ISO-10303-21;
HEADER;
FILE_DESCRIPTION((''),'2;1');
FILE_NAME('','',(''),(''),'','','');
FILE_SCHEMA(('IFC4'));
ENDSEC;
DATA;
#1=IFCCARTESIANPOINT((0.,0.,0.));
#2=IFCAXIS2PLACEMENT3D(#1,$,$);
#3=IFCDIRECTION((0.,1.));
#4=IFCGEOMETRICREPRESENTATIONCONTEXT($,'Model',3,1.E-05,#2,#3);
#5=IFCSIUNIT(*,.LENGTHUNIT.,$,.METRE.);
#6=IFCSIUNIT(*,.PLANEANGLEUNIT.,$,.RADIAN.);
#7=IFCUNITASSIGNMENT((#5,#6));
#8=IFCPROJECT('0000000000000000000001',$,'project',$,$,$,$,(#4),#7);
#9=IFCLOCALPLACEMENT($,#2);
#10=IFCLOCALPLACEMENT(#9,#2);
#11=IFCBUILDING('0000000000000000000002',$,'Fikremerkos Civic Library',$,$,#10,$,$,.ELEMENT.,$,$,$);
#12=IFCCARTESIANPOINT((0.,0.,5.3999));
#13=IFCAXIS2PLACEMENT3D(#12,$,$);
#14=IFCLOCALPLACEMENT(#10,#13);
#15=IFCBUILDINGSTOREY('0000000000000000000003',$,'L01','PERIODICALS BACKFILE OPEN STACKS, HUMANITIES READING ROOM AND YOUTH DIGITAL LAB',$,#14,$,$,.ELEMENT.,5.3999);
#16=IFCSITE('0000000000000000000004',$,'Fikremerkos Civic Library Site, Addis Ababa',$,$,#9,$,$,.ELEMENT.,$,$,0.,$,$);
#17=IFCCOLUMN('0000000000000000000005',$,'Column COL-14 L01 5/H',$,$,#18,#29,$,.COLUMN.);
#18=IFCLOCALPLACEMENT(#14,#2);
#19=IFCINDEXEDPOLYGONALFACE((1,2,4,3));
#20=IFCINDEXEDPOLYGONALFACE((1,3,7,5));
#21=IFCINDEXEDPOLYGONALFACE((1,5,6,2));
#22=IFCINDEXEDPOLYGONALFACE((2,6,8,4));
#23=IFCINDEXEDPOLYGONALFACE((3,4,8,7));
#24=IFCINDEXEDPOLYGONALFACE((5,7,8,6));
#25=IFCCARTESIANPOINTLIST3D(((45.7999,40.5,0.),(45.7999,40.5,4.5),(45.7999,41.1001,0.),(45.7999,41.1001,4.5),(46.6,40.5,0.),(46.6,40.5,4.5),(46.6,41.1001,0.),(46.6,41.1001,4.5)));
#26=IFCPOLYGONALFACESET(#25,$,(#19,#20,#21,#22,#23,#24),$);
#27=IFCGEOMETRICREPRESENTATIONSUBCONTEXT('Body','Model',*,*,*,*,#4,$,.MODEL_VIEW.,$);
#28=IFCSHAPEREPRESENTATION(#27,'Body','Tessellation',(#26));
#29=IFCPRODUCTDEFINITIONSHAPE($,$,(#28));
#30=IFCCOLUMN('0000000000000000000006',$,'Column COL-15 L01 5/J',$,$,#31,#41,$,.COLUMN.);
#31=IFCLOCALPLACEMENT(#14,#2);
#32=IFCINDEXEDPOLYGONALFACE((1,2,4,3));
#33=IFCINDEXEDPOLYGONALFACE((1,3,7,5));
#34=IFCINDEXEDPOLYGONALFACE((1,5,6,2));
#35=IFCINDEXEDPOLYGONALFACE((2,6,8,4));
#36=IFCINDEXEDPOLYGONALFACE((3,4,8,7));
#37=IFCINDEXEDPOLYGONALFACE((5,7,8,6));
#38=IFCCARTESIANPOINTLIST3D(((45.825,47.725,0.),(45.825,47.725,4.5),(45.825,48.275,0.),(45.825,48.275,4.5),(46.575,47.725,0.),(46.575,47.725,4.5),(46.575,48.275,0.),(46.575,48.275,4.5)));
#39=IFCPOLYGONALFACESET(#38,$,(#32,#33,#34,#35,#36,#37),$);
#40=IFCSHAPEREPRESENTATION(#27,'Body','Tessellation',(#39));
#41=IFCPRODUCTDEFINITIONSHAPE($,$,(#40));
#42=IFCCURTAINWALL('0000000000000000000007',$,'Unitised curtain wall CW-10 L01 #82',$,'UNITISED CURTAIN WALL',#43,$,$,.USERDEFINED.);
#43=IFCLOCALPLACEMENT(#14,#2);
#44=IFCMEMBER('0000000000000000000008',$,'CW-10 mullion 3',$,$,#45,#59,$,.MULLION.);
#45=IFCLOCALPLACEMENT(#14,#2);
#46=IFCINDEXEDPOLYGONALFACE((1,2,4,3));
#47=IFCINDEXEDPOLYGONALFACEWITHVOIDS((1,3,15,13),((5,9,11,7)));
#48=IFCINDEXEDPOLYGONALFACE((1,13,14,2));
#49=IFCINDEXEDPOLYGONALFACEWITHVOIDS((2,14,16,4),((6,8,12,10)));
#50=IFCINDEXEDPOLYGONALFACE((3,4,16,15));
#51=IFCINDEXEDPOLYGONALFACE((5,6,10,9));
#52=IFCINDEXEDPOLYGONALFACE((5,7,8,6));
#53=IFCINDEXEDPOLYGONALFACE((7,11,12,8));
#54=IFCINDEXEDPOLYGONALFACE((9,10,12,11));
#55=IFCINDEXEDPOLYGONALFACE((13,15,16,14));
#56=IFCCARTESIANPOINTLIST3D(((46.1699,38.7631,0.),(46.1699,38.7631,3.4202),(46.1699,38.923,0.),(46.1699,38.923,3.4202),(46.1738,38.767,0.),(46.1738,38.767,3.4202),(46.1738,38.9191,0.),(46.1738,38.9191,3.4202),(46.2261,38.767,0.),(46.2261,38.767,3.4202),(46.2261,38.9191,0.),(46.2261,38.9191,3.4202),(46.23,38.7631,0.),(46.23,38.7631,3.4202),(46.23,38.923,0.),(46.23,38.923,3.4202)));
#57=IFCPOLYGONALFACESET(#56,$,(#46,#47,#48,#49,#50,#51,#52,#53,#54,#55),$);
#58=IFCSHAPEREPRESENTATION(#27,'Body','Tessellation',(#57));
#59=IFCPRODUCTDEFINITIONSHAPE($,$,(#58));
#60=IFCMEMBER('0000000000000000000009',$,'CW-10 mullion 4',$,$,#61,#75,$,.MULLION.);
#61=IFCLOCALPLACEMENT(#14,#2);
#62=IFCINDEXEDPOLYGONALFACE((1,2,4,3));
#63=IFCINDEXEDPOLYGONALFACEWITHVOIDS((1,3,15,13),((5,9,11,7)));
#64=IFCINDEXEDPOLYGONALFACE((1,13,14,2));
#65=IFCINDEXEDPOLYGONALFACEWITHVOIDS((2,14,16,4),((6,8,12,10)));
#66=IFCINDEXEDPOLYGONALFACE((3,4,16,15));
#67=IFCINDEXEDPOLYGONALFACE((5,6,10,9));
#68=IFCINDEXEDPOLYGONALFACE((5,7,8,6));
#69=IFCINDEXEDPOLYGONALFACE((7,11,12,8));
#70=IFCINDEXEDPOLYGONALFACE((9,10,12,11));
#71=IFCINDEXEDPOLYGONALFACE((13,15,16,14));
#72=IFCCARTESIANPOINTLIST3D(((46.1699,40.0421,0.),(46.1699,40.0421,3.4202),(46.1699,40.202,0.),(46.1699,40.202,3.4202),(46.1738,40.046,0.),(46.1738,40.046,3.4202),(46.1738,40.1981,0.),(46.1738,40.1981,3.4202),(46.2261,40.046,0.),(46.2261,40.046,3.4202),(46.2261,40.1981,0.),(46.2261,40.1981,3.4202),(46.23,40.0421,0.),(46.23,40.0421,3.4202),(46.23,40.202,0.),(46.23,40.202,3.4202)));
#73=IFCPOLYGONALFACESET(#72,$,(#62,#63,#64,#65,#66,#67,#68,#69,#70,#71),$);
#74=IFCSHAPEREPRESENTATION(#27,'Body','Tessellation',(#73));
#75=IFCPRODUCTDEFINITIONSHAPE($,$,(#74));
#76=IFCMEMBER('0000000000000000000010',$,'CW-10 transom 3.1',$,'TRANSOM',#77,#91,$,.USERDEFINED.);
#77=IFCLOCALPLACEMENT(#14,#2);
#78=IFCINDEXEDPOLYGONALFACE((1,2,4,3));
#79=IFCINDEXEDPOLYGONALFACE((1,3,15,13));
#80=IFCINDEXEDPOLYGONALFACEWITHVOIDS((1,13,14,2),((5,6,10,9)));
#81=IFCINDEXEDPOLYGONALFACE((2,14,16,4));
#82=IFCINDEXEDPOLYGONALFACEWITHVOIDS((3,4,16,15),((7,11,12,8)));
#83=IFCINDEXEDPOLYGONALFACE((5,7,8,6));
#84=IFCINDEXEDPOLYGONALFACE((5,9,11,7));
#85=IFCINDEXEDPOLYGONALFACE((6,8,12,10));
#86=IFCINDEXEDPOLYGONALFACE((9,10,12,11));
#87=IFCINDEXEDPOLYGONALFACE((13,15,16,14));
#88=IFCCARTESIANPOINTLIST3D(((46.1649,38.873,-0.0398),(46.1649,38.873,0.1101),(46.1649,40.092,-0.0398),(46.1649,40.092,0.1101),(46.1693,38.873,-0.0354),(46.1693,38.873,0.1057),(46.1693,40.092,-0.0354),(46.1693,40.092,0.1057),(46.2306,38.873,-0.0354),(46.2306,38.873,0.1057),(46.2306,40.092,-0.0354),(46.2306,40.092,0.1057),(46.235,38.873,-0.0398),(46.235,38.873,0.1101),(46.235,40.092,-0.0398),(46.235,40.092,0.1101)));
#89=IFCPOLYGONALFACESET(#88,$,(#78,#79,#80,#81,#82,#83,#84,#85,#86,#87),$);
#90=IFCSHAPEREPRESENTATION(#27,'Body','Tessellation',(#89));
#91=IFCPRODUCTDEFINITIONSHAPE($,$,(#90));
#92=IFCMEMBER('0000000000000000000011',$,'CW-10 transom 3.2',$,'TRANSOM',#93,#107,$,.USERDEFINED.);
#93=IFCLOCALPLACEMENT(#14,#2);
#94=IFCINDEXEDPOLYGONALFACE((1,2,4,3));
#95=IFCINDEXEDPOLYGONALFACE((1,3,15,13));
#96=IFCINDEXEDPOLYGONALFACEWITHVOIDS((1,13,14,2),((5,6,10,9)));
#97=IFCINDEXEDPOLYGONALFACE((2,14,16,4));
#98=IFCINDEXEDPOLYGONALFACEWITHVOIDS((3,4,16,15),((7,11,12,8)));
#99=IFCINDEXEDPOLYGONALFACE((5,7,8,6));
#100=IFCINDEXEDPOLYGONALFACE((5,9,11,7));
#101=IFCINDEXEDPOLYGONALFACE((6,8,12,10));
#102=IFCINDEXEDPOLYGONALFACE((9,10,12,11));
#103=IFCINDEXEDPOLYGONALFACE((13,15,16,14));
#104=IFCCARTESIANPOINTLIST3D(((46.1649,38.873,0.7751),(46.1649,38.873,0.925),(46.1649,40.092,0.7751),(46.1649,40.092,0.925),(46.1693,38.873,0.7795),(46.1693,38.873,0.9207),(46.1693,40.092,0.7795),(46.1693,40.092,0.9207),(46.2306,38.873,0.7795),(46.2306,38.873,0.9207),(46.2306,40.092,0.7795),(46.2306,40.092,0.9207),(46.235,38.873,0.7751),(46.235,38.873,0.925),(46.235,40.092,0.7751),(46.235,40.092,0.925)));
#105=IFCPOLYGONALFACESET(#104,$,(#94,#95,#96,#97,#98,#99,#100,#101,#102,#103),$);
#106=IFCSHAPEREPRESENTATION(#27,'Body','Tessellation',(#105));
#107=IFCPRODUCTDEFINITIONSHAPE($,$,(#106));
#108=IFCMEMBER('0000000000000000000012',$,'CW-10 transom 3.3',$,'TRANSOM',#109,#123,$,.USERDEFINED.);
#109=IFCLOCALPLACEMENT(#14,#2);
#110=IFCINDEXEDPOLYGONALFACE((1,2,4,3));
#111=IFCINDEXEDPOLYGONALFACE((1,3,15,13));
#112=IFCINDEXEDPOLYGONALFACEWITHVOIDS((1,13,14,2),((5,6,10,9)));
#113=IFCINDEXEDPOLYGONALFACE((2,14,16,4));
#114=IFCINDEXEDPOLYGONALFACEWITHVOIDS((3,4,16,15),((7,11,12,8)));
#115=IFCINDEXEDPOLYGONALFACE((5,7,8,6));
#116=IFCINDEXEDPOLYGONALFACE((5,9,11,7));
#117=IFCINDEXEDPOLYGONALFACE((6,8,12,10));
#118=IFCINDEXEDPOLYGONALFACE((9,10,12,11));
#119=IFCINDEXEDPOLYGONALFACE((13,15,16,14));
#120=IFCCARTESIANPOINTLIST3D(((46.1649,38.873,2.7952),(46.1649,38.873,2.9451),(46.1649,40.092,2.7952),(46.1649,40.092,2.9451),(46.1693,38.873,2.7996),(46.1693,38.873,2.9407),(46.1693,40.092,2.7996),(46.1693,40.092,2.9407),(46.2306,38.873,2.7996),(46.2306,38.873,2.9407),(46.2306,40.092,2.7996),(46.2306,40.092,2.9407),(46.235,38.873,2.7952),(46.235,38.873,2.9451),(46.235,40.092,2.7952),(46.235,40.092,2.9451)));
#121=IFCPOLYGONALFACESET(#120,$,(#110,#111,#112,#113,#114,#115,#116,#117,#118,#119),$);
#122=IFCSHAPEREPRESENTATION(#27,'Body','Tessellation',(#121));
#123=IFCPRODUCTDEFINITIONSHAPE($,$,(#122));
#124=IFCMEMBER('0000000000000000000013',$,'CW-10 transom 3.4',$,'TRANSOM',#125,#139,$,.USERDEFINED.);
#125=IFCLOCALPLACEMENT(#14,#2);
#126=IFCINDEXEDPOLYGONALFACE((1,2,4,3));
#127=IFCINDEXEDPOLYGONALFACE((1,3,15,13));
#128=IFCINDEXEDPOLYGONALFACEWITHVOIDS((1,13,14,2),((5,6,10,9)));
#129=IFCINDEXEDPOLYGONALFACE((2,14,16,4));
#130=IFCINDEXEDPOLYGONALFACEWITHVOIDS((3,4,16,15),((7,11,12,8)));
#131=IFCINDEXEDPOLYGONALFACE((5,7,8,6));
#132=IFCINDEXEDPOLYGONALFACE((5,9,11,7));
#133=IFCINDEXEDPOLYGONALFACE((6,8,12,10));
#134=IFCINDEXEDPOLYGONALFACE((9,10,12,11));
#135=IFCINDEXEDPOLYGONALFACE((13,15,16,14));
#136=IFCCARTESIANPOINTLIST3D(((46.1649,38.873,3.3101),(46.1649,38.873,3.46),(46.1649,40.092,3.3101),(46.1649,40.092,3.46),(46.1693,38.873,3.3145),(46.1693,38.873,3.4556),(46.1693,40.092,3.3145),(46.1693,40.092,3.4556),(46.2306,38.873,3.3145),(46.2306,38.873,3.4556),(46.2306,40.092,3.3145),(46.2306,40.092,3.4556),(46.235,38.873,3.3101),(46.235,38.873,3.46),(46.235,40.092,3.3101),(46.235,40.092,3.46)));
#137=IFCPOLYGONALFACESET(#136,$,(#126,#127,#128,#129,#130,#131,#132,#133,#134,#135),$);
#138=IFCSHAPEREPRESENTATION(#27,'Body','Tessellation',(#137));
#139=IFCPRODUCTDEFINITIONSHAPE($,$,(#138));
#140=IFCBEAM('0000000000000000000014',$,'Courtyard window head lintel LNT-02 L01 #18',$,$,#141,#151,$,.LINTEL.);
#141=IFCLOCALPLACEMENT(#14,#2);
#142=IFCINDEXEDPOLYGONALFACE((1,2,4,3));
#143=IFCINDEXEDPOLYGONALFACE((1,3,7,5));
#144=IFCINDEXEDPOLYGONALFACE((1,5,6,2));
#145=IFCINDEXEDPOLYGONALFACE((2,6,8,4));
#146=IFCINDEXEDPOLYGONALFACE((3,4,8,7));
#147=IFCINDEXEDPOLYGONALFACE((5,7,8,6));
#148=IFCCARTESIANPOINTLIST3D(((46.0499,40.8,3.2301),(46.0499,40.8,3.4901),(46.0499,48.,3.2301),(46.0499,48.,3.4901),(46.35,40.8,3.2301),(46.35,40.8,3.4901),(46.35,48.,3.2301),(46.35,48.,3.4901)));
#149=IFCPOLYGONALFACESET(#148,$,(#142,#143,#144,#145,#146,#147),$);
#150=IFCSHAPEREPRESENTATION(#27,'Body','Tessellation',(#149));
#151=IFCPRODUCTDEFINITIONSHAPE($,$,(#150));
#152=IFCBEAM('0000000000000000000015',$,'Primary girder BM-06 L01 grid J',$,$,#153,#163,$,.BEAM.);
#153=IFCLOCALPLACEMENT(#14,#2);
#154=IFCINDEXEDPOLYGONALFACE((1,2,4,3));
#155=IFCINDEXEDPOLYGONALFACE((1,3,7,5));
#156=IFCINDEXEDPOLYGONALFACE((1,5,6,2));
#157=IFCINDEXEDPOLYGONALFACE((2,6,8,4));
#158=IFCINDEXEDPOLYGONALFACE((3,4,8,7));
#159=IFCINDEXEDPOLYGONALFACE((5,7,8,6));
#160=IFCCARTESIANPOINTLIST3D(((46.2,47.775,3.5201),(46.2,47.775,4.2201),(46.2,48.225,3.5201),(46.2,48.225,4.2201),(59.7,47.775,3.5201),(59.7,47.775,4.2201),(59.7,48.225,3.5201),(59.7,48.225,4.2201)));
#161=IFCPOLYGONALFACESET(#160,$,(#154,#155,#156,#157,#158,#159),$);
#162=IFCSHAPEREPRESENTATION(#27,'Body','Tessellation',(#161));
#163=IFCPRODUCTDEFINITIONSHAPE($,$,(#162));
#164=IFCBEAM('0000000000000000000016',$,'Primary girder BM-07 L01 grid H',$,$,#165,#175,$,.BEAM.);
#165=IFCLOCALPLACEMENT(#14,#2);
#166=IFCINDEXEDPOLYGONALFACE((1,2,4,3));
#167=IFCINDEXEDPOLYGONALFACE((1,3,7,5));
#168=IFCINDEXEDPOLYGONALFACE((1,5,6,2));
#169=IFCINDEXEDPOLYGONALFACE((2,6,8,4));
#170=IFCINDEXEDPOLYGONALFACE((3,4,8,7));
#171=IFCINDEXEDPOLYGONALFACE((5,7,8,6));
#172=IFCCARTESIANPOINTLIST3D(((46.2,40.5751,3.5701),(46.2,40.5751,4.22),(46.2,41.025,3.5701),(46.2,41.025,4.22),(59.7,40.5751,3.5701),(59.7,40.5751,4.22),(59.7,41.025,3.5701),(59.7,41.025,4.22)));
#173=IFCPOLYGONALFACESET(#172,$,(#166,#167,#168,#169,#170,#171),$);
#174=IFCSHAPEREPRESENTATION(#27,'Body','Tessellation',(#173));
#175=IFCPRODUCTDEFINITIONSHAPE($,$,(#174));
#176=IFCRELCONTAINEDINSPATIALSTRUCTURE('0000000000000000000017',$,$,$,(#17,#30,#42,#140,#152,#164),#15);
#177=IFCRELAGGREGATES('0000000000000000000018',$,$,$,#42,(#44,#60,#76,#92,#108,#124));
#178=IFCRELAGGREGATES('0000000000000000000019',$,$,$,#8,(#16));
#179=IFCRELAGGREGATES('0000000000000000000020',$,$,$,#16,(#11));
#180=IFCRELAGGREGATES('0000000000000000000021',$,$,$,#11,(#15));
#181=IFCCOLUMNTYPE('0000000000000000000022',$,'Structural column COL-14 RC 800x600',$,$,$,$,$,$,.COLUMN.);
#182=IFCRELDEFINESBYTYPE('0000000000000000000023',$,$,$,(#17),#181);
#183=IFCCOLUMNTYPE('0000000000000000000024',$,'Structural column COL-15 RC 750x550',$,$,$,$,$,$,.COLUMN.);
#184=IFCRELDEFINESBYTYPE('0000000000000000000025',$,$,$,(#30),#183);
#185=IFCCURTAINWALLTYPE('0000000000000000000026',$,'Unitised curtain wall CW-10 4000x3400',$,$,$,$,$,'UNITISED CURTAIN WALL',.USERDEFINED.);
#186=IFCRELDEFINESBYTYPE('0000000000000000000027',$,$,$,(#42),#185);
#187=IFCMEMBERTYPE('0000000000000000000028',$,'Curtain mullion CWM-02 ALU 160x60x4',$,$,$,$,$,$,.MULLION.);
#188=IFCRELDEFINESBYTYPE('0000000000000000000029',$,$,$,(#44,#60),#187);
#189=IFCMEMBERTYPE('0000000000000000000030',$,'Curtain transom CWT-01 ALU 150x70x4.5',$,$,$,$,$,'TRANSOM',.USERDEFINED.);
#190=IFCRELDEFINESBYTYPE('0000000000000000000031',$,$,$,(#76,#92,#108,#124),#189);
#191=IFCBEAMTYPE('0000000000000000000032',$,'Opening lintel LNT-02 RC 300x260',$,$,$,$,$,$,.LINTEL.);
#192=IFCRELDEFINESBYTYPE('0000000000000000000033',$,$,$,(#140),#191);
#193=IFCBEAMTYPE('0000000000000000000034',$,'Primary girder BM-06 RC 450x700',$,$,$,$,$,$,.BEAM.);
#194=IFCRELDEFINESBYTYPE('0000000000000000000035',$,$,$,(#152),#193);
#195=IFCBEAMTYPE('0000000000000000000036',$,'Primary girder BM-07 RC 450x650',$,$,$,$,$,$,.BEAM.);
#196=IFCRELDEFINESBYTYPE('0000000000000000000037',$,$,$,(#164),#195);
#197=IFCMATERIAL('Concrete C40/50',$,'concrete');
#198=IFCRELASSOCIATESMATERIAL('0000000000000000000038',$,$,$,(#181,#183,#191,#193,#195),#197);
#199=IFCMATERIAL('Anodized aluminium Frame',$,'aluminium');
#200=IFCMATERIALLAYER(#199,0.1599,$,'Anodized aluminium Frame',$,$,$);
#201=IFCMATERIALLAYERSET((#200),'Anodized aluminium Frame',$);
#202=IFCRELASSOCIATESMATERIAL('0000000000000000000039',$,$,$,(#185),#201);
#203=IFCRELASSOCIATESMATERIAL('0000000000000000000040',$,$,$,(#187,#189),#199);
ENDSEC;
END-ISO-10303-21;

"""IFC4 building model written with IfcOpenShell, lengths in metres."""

from ifc_helpers import new_model, si_unit, direction, frame, origin, origin_2d, place, context, subcontext, project, spatial, rectangle, hollow_rectangle, extrude, material, layer, layer_set, material_profile, profile_set, type_object, element, aggregate, save


model = new_model("IFC4")

# Units and contexts
model_context = context("Model", 3, precision=1e-05, world=origin(), true_north=direction((0.0, 1.0)))
body_context = subcontext(model_context, "Body", "Model", "MODEL_VIEW")
ifc_project = project(units=[si_unit("LENGTHUNIT", "METRE"), si_unit("PLANEANGLEUNIT", "RADIAN")], contexts=[model_context])

# Site, building, storey
site_placement = place(None, origin())
site = spatial("IfcSite", under=ifc_project, at=site_placement, Name="Fikremerkos Civic Library Site, Addis Ababa", CompositionType="ELEMENT", RefElevation=0.0)
building_placement = place(site_placement, origin())
building = spatial("IfcBuilding", under=site, at=building_placement, Name="Fikremerkos Civic Library", CompositionType="ELEMENT")
storey_placement = place(building_placement, frame((0.0, 0.0, 5.3999)))
storey = spatial("IfcBuildingStorey", under=building, at=storey_placement, Name="L01", Description="PERIODICALS BACKFILE OPEN STACKS, HUMANITIES READING ROOM AND YOUTH DIGITAL LAB", CompositionType="ELEMENT", Elevation=5.3999)

# Columns
ifc_material_1 = material(Name="Concrete C40/50", Category="concrete")
ifc_material_profile_1 = material_profile(ifc_material_1, rectangle(XDim=0.8, YDim=0.6001, at=origin_2d()), Name="RC 800x600")
ifc_profile_set_1 = profile_set([ifc_material_profile_1], Name="Concrete C40/50")
column_type_1 = type_object("IfcColumnType", Name="Structural column COL-14 RC 800x600", PredefinedType="COLUMN", material=ifc_profile_set_1)
column_1_placement = place(storey_placement, frame((46.2, 40.8, 0.0), z_axis=(0.0, 0.0, 1.0), x_axis=(1.0, 0.0, 0.0)))
element("IfcColumn", 1, at=column_1_placement, inside=storey, type_object=column_type_1, Name="Column COL-14 L01 5/H", PredefinedType="COLUMN", context=body_context, shape_type="SweptSolid", body=[
    extrude(rectangle(XDim=0.8, YDim=0.6001, at=origin_2d()), origin(), (0.0, 0.0, 1.0), 4.5),
])
ifc_material_profile_2 = material_profile(ifc_material_1, rectangle(XDim=0.75, YDim=0.55, at=origin_2d()), Name="RC 750x550")
ifc_profile_set_2 = profile_set([ifc_material_profile_2], Name="Concrete C40/50")
column_type_2 = type_object("IfcColumnType", Name="Structural column COL-15 RC 750x550", PredefinedType="COLUMN", material=ifc_profile_set_2)
column_2_placement = place(storey_placement, frame((46.2, 48.0, 0.0), z_axis=(0.0, 0.0, 1.0), x_axis=(1.0, 0.0, 0.0)))
element("IfcColumn", 2, at=column_2_placement, inside=storey, type_object=column_type_2, Name="Column COL-15 L01 5/J", PredefinedType="COLUMN", context=body_context, shape_type="SweptSolid", body=[
    extrude(rectangle(XDim=0.75, YDim=0.55, at=origin_2d()), origin(), (0.0, 0.0, 1.0), 4.5),
])

# Curtain wall, members
ifc_material_2 = material(Name="Anodized aluminium Frame", Category="aluminium")
ifc_layer_1 = layer(ifc_material_2, 0.1599, Name="Anodized aluminium Frame")
ifc_layer_set_1 = layer_set([ifc_layer_1], Name="Anodized aluminium Frame")
curtain_wall_type = type_object("IfcCurtainWallType", Name="Unitised curtain wall CW-10 4000x3400", ElementType="UNITISED CURTAIN WALL", PredefinedType="USERDEFINED", material=ifc_layer_set_1)
curtain_wall_placement = place(storey_placement, origin())
curtain_wall = element("IfcCurtainWall", 3, at=curtain_wall_placement, inside=storey, type_object=curtain_wall_type, Name="Unitised curtain wall CW-10 L01 #82", ObjectType="UNITISED CURTAIN WALL", PredefinedType="USERDEFINED")
ifc_material_profile_3 = material_profile(ifc_material_2, hollow_rectangle(XDim=0.0601, YDim=0.1599, WallThickness=0.0039, at=origin_2d()), Name="ALU 160x60x4")
ifc_profile_set_3 = profile_set([ifc_material_profile_3], Name="Anodized aluminium Frame")
member_type_1 = type_object("IfcMemberType", Name="Curtain mullion CWM-02 ALU 160x60x4", PredefinedType="MULLION", material=ifc_profile_set_3)
member_1_placement = place(storey_placement, frame((46.2, 38.843, 0.0), z_axis=(0.0, 0.0, 1.0), x_axis=(-1.0, 0.0, 0.0)))
member_1 = element("IfcMember", 4, at=member_1_placement, type_object=member_type_1, Name="CW-10 mullion 3", PredefinedType="MULLION", context=body_context, shape_type="SweptSolid", body=[
    extrude(hollow_rectangle(XDim=0.0601, YDim=0.1599, WallThickness=0.0039, at=origin_2d()), origin(), (0.0, 0.0, 1.0), 3.4202),
])
member_2_placement = place(storey_placement, frame((46.2, 40.1221, 0.0), z_axis=(0.0, 0.0, 1.0), x_axis=(-1.0, 0.0, 0.0)))
member_2 = element("IfcMember", 5, at=member_2_placement, type_object=member_type_1, Name="CW-10 mullion 4", PredefinedType="MULLION", context=body_context, shape_type="SweptSolid", body=[
    extrude(hollow_rectangle(XDim=0.0601, YDim=0.1599, WallThickness=0.0039, at=origin_2d()), origin(), (0.0, 0.0, 1.0), 3.4202),
])
ifc_material_profile_4 = material_profile(ifc_material_2, hollow_rectangle(XDim=0.0701, YDim=0.1499, WallThickness=0.0044, at=origin_2d()), Name="ALU 150x70x4.5")
ifc_profile_set_4 = profile_set([ifc_material_profile_4], Name="Anodized aluminium Frame")
member_type_2 = type_object("IfcMemberType", Name="Curtain transom CWT-01 ALU 150x70x4.5", ElementType="TRANSOM", PredefinedType="USERDEFINED", material=ifc_profile_set_4)
member_3_placement = place(storey_placement, frame((46.2, 38.873, 0.0352), z_axis=(0.0, 1.0, 0.0), x_axis=(-1.0, 0.0, 0.0)))
member_3 = element("IfcMember", 6, at=member_3_placement, type_object=member_type_2, Name="CW-10 transom 3.1", ObjectType="TRANSOM", PredefinedType="USERDEFINED", context=body_context, shape_type="SweptSolid", body=[
    extrude(hollow_rectangle(XDim=0.0701, YDim=0.1499, WallThickness=0.0044, at=origin_2d()), origin(), (0.0, 0.0, 1.0), 1.219),
])
member_4_placement = place(storey_placement, frame((46.2, 38.873, 0.8501), z_axis=(0.0, 1.0, 0.0), x_axis=(-1.0, 0.0, 0.0)))
member_4 = element("IfcMember", 7, at=member_4_placement, type_object=member_type_2, Name="CW-10 transom 3.2", ObjectType="TRANSOM", PredefinedType="USERDEFINED", context=body_context, shape_type="SweptSolid", body=[
    extrude(hollow_rectangle(XDim=0.0701, YDim=0.1499, WallThickness=0.0044, at=origin_2d()), origin(), (0.0, 0.0, 1.0), 1.219),
])
member_5_placement = place(storey_placement, frame((46.2, 38.873, 2.8701), z_axis=(0.0, 1.0, 0.0), x_axis=(-1.0, 0.0, 0.0)))
member_5 = element("IfcMember", 8, at=member_5_placement, type_object=member_type_2, Name="CW-10 transom 3.3", ObjectType="TRANSOM", PredefinedType="USERDEFINED", context=body_context, shape_type="SweptSolid", body=[
    extrude(hollow_rectangle(XDim=0.0701, YDim=0.1499, WallThickness=0.0044, at=origin_2d()), origin(), (0.0, 0.0, 1.0), 1.219),
])
member_6_placement = place(storey_placement, frame((46.2, 38.873, 3.385), z_axis=(0.0, 1.0, 0.0), x_axis=(-1.0, 0.0, 0.0)))
member_6 = element("IfcMember", 9, at=member_6_placement, type_object=member_type_2, Name="CW-10 transom 3.4", ObjectType="TRANSOM", PredefinedType="USERDEFINED", context=body_context, shape_type="SweptSolid", body=[
    extrude(hollow_rectangle(XDim=0.0701, YDim=0.1499, WallThickness=0.0044, at=origin_2d()), origin(), (0.0, 0.0, 1.0), 1.219),
])

# Beams
ifc_material_profile_5 = material_profile(ifc_material_1, rectangle(XDim=0.3, YDim=0.26, at=origin_2d()), Name="RC 300x260")
ifc_profile_set_5 = profile_set([ifc_material_profile_5], Name="Concrete C40/50")
beam_type_1 = type_object("IfcBeamType", Name="Opening lintel LNT-02 RC 300x260", PredefinedType="LINTEL", material=ifc_profile_set_5)
beam_1_placement = place(storey_placement, frame((46.2, 40.8, 3.3601), z_axis=(0.0, 1.0, 0.0), x_axis=(-1.0, 0.0, 0.0)))
element("IfcBeam", 10, at=beam_1_placement, inside=storey, type_object=beam_type_1, Name="Courtyard window head lintel LNT-02 L01 #18", PredefinedType="LINTEL", context=body_context, shape_type="SweptSolid", body=[
    extrude(rectangle(XDim=0.3, YDim=0.26, at=origin_2d()), origin(), (0.0, 0.0, 1.0), 7.2),
])
ifc_material_profile_6 = material_profile(ifc_material_1, rectangle(XDim=0.45, YDim=0.7, at=origin_2d()), Name="RC 450x700")
ifc_profile_set_6 = profile_set([ifc_material_profile_6], Name="Concrete C40/50")
beam_type_2 = type_object("IfcBeamType", Name="Primary girder BM-06 RC 450x700", PredefinedType="BEAM", material=ifc_profile_set_6)
beam_2_placement = place(storey_placement, frame((46.2, 48.0, 3.8701), z_axis=(1.0, 0.0, 0.0), x_axis=(0.0, 1.0, 0.0)))
element("IfcBeam", 11, at=beam_2_placement, inside=storey, type_object=beam_type_2, Name="Primary girder BM-06 L01 grid J", PredefinedType="BEAM", context=body_context, shape_type="SweptSolid", body=[
    extrude(rectangle(XDim=0.45, YDim=0.7, at=origin_2d()), origin(), (0.0, 0.0, 1.0), 13.5),
])
ifc_material_profile_7 = material_profile(ifc_material_1, rectangle(XDim=0.45, YDim=0.6499, at=origin_2d()), Name="RC 450x650")
ifc_profile_set_7 = profile_set([ifc_material_profile_7], Name="Concrete C40/50")
beam_type_3 = type_object("IfcBeamType", Name="Primary girder BM-07 RC 450x650", PredefinedType="BEAM", material=ifc_profile_set_7)
beam_3_placement = place(storey_placement, frame((46.2, 40.8, 3.895), z_axis=(1.0, 0.0, 0.0), x_axis=(0.0, 1.0, 0.0)))
element("IfcBeam", 12, at=beam_3_placement, inside=storey, type_object=beam_type_3, Name="Primary girder BM-07 L01 grid H", PredefinedType="BEAM", context=body_context, shape_type="SweptSolid", body=[
    extrude(rectangle(XDim=0.45, YDim=0.6499, at=origin_2d()), origin(), (0.0, 0.0, 1.0), 13.5),
])

aggregate(curtain_wall, [member_1, member_2, member_3, member_4, member_5, member_6])

save(model, "model.ifc")
